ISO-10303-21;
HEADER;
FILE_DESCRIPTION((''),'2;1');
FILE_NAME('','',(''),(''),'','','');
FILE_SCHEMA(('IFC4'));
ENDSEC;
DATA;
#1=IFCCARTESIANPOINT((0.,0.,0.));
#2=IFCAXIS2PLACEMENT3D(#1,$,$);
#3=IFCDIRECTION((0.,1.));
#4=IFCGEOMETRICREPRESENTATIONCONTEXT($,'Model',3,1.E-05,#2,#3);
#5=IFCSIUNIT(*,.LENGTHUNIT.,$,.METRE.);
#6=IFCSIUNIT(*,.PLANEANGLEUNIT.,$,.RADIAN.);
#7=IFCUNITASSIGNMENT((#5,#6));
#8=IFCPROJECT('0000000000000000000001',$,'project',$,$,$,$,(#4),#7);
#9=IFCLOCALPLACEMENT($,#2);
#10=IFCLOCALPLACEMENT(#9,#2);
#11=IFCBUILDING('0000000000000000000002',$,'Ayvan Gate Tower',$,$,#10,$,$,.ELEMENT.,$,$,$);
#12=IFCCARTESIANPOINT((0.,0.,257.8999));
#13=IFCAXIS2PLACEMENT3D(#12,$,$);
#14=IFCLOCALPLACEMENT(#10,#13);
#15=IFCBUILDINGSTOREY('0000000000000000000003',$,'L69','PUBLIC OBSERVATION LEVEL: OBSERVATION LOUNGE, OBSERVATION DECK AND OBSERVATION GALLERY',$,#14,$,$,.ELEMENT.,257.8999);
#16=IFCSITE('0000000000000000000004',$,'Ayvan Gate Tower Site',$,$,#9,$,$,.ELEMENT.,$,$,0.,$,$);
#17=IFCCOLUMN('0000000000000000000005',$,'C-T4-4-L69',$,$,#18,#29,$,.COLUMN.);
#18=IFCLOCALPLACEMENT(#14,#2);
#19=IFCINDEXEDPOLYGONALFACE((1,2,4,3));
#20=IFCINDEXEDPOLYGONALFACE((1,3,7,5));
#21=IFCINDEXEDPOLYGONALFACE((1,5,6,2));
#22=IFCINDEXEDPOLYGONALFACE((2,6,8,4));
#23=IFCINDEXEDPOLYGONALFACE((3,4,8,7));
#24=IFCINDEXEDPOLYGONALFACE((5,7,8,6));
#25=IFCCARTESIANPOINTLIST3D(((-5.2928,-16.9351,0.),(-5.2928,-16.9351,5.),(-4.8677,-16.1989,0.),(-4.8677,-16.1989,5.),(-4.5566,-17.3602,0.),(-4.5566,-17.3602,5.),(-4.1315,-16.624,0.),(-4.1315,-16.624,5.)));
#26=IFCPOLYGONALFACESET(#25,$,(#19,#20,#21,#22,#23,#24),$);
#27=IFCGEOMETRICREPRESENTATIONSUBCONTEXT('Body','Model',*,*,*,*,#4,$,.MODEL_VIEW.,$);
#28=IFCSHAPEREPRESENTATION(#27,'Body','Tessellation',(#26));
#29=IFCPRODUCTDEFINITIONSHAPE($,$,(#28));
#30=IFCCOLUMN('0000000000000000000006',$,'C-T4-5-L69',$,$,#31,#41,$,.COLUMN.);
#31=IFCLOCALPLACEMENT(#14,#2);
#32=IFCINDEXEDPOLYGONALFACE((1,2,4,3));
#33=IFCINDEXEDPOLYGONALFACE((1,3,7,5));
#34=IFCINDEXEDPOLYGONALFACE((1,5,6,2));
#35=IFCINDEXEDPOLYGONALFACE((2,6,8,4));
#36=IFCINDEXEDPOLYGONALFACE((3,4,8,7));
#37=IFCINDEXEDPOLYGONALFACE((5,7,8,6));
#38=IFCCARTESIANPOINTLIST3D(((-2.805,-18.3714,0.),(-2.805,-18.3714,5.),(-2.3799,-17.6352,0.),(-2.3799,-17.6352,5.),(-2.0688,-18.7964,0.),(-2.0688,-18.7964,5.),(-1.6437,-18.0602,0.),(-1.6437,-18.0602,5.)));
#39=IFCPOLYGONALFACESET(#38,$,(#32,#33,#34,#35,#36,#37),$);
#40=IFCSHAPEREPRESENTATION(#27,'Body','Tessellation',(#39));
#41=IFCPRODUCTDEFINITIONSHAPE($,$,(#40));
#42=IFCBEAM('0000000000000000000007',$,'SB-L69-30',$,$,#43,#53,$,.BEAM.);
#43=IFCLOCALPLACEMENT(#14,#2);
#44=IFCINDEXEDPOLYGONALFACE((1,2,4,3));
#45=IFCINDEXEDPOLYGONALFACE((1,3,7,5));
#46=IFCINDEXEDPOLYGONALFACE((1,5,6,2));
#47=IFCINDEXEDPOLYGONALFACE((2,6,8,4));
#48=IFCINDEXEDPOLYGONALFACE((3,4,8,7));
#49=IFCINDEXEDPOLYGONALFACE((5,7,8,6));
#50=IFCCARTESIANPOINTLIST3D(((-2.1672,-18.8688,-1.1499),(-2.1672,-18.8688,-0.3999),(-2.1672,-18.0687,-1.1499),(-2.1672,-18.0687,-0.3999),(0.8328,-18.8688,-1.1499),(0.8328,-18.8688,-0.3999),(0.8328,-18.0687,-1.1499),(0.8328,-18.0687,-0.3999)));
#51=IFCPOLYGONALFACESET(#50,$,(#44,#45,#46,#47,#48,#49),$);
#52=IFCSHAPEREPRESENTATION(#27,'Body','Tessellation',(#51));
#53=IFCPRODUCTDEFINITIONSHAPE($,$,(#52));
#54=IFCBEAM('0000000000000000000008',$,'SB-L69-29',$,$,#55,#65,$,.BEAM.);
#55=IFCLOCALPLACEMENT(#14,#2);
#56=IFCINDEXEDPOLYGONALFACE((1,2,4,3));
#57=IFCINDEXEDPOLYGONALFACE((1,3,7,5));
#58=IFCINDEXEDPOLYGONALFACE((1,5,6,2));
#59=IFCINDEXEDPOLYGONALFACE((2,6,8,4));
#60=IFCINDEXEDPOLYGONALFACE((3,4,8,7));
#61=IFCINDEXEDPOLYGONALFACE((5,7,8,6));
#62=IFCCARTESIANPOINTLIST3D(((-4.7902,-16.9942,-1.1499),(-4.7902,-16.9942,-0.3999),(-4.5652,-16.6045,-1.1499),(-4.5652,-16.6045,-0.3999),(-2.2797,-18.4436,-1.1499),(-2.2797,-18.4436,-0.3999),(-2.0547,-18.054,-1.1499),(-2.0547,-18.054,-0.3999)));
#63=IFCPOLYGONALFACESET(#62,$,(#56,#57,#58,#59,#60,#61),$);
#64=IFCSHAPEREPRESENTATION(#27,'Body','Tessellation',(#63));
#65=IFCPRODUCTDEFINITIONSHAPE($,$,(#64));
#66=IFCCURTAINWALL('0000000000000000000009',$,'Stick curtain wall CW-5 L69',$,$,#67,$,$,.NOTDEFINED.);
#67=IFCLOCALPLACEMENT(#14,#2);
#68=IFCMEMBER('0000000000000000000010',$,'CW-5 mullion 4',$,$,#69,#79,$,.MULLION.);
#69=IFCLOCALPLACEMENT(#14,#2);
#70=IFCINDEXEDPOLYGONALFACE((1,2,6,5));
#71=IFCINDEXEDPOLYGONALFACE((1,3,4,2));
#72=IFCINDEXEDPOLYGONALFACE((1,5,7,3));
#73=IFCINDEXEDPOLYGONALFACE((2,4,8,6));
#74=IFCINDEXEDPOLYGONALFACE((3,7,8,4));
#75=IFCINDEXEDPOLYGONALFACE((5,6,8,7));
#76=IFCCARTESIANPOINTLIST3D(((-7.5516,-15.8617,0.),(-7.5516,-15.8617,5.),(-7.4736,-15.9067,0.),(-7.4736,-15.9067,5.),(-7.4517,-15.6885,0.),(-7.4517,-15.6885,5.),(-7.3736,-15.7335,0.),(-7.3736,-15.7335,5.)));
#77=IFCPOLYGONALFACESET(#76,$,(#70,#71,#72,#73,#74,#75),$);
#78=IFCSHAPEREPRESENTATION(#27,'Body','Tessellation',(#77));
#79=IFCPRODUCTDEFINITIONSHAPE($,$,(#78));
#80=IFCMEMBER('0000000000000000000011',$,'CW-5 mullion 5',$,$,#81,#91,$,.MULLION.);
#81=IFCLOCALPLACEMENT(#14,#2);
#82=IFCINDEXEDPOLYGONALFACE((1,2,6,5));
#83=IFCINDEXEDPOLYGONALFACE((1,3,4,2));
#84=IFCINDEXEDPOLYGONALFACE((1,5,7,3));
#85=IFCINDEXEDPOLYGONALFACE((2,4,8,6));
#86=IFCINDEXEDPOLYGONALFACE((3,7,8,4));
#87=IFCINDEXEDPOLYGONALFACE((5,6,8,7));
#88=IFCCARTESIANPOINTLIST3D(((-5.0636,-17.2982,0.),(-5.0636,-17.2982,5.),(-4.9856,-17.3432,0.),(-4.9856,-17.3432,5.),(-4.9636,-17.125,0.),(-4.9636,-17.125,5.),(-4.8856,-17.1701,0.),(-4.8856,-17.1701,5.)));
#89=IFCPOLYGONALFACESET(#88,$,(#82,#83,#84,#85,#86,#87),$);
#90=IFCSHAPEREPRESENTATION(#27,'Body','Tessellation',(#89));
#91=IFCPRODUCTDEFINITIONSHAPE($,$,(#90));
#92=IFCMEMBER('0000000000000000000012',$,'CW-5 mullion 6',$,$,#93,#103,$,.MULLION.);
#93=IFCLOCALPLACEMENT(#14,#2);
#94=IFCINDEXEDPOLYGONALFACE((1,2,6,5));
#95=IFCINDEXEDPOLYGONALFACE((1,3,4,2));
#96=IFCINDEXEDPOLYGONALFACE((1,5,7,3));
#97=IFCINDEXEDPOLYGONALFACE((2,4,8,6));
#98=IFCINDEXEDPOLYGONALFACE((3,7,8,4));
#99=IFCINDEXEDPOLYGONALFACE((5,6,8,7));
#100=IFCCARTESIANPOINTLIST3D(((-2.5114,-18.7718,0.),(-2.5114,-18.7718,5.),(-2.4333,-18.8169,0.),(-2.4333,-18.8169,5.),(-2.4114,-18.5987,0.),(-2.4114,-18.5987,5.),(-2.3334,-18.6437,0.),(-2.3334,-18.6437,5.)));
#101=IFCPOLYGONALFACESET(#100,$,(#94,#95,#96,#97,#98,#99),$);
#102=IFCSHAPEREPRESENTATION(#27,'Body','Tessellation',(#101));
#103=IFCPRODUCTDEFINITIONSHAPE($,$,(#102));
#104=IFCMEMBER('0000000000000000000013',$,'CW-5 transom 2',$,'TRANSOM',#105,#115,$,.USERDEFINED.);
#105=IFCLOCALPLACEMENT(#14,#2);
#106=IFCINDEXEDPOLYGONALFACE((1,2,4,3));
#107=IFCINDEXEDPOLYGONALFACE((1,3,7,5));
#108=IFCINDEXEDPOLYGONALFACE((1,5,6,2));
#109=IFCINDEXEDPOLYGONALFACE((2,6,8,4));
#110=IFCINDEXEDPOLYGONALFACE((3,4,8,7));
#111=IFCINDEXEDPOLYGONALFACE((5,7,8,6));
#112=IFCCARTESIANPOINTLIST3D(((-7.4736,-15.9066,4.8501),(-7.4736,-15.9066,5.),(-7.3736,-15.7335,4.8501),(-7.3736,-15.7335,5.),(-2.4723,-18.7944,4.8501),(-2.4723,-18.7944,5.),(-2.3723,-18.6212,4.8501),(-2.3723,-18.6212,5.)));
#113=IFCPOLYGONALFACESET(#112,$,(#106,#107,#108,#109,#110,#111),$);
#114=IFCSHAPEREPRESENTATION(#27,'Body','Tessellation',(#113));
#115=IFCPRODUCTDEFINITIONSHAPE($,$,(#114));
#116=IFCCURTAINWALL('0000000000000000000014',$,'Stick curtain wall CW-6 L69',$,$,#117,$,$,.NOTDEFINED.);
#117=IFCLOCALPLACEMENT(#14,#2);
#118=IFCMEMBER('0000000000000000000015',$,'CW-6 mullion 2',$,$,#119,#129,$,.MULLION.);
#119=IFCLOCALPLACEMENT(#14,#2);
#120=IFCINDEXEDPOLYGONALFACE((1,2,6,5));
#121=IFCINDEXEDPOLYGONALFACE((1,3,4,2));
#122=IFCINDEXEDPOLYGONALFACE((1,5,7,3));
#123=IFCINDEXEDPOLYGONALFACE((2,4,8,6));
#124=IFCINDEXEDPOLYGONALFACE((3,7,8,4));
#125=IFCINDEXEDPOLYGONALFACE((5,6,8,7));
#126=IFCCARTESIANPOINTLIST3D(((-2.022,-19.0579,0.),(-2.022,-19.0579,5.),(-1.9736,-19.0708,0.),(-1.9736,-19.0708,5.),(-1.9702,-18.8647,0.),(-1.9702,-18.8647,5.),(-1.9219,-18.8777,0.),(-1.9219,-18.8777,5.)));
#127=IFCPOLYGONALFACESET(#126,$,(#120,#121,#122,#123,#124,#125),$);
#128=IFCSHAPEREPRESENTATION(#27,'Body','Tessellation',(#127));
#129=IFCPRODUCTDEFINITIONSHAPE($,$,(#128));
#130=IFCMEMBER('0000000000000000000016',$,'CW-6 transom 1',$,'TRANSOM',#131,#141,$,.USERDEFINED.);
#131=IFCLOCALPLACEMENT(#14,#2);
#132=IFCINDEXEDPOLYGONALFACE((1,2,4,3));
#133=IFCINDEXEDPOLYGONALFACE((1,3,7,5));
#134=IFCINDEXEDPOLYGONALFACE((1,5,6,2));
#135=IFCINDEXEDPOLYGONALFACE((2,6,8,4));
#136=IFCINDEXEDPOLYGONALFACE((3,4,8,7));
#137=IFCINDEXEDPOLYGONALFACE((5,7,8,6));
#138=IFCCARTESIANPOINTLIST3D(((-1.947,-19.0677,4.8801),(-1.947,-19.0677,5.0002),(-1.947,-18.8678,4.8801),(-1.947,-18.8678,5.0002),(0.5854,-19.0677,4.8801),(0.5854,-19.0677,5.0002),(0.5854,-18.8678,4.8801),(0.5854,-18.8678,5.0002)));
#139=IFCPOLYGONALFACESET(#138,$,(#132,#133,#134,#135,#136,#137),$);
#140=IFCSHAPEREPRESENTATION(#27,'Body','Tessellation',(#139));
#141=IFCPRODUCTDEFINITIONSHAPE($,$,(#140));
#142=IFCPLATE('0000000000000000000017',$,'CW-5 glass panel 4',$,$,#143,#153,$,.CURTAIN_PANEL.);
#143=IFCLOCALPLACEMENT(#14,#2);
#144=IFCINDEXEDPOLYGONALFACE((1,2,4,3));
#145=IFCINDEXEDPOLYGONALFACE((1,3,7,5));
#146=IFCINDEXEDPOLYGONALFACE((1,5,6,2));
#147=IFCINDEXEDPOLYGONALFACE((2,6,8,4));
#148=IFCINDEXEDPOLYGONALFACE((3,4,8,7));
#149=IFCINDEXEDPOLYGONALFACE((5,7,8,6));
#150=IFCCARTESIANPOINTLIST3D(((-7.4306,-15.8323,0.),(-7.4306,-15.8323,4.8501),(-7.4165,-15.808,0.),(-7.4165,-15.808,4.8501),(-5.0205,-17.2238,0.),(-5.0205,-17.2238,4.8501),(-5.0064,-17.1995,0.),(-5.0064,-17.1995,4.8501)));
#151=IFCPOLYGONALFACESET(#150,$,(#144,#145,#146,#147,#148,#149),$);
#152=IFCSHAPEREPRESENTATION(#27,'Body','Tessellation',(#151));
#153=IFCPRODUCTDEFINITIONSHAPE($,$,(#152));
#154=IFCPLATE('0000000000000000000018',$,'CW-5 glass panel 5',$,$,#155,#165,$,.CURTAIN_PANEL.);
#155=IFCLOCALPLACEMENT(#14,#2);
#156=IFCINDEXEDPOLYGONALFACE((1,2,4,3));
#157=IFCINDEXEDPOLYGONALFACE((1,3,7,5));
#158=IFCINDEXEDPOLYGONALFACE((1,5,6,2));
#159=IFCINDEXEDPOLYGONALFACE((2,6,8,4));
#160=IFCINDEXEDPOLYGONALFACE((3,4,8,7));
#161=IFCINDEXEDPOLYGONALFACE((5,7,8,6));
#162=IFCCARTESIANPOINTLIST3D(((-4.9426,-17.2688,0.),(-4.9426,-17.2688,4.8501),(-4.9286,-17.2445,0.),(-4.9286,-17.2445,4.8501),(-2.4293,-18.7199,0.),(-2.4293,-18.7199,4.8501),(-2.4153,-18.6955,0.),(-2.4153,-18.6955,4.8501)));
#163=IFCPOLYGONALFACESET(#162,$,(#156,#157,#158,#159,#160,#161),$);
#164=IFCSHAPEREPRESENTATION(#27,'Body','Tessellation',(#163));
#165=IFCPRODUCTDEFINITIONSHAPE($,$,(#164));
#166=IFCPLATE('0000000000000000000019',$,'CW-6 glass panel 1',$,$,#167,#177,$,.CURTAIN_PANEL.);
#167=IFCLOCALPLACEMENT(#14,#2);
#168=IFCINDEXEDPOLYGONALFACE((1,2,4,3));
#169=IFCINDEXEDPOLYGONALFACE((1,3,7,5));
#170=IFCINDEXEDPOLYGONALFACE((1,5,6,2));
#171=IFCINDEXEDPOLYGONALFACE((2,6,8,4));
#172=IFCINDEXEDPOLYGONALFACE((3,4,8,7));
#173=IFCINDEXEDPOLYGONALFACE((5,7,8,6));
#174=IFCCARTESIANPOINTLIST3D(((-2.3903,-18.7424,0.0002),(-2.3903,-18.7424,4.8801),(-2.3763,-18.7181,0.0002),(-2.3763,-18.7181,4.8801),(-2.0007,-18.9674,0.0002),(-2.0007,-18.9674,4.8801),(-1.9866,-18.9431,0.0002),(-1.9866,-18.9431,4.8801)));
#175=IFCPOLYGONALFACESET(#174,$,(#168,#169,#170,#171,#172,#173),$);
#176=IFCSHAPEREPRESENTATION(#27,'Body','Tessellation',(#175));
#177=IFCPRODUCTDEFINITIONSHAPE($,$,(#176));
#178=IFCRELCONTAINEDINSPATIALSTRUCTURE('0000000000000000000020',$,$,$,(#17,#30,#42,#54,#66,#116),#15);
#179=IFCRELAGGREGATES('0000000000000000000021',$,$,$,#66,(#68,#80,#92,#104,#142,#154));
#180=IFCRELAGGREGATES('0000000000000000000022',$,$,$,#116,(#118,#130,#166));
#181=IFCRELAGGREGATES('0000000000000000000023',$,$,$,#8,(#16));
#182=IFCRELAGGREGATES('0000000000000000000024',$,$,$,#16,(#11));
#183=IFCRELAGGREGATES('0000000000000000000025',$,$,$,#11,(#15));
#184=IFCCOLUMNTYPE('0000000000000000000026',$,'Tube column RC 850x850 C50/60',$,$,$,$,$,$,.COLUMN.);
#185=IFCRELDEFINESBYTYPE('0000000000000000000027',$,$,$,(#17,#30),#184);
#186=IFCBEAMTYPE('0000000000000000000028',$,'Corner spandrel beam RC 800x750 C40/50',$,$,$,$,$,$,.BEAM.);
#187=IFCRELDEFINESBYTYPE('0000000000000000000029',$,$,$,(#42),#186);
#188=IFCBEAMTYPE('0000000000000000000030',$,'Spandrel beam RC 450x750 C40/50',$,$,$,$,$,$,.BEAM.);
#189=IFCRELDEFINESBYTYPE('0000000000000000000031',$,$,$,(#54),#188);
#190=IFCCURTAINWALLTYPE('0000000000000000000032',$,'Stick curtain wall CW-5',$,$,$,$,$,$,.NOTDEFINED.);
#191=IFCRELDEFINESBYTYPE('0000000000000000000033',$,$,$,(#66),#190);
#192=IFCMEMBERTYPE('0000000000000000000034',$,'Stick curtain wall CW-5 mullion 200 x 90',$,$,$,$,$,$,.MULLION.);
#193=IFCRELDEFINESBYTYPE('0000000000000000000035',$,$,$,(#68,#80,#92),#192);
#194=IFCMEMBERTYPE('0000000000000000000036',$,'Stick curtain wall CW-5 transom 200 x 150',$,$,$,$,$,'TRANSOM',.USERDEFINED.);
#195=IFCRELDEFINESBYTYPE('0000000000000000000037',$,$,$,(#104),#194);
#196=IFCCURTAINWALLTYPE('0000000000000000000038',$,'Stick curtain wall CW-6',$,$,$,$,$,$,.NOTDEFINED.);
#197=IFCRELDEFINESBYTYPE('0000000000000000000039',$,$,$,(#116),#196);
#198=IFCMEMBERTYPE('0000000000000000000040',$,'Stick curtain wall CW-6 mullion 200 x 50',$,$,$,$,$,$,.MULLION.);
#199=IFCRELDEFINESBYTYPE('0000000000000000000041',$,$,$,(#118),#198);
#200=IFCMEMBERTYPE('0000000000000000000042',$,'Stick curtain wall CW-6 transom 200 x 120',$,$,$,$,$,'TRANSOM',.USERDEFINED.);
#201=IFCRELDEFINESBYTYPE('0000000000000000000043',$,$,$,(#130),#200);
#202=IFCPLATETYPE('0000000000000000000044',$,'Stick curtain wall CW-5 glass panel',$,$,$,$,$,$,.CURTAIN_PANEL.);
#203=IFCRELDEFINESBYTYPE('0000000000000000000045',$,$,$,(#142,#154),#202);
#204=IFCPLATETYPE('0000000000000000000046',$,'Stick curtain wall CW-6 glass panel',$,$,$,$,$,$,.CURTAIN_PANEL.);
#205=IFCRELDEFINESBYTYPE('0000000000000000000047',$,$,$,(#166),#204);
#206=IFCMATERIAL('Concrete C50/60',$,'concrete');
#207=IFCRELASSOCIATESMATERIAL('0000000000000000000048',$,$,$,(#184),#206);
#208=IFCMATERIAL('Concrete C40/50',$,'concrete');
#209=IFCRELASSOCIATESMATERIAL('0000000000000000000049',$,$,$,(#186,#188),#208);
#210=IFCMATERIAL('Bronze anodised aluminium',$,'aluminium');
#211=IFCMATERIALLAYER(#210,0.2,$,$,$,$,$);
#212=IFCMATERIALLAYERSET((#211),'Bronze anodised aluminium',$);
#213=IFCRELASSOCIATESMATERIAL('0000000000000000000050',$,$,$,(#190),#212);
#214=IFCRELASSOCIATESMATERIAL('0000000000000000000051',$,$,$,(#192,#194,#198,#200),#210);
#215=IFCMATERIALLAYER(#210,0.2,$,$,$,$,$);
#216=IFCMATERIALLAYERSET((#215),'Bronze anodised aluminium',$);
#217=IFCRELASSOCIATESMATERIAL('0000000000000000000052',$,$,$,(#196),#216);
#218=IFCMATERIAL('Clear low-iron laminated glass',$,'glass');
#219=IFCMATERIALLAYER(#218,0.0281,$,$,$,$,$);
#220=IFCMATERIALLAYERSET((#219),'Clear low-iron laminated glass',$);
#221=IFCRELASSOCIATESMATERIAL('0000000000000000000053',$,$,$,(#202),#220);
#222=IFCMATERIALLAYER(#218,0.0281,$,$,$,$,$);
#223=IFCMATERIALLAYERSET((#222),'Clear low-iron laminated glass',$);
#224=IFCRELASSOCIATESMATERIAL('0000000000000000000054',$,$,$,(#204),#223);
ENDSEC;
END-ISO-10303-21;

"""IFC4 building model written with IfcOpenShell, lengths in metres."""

from ifc_helpers import new_model, si_unit, direction, frame, origin, origin_2d, place, context, subcontext, project, spatial, rectangle, extrude, material, layer, layer_set, material_profile, profile_set, type_object, element, aggregate, save


model = new_model("IFC4")

# Units and contexts
model_context = context("Model", 3, precision=1e-05, world=origin(), true_north=direction((0.0, 1.0)))
body_context = subcontext(model_context, "Body", "Model", "MODEL_VIEW")
ifc_project = project(units=[si_unit("LENGTHUNIT", "METRE"), si_unit("PLANEANGLEUNIT", "RADIAN")], contexts=[model_context])

# Site, building, storey
site_placement = place(None, origin())
site = spatial("IfcSite", under=ifc_project, at=site_placement, Name="Ayvan Gate Tower Site", CompositionType="ELEMENT", RefElevation=0.0)
building_placement = place(site_placement, origin())
building = spatial("IfcBuilding", under=site, at=building_placement, Name="Ayvan Gate Tower", CompositionType="ELEMENT")
storey_placement = place(building_placement, frame((0.0, 0.0, 257.8999)))
storey = spatial("IfcBuildingStorey", under=building, at=storey_placement, Name="L69", Description="PUBLIC OBSERVATION LEVEL: OBSERVATION LOUNGE, OBSERVATION DECK AND OBSERVATION GALLERY", CompositionType="ELEMENT", Elevation=257.8999)

# Columns
ifc_material_1 = material(Name="Concrete C50/60", Category="concrete")
ifc_material_profile_1 = material_profile(ifc_material_1, rectangle(XDim=0.8501, YDim=0.8501, at=origin_2d()), Name="RC 850x850")
ifc_profile_set_1 = profile_set([ifc_material_profile_1], Name="Concrete C50/60")
column_type = type_object("IfcColumnType", Name="Tube column RC 850x850 C50/60", PredefinedType="COLUMN", material=ifc_profile_set_1)
for number, where, z_axis, x_axis, name in (
    (1, (-4.7122, -16.7795, 0.0), (0.0, 0.0, 1.0), (-0.5, -0.866025, 0.0), "C-T4-4-L69"),
    (2, (-2.2244, -18.2158, 0.0), (0.0, 0.0, 1.0), (-0.5, -0.866025, 0.0), "C-T4-5-L69"),
):
    element("IfcColumn", number, at=place(storey_placement, frame(where, z_axis=z_axis, x_axis=x_axis)), inside=storey, type_object=column_type, Name=name, PredefinedType="COLUMN", context=body_context, shape_type="SweptSolid", body=[
        extrude(rectangle(XDim=0.8501, YDim=0.8501, at=origin_2d()), origin(), (0.0, 0.0, 1.0), 5.0),
    ])

# Beams
ifc_material_2 = material(Name="Concrete C40/50", Category="concrete")
ifc_material_profile_2 = material_profile(ifc_material_2, rectangle(XDim=0.8, YDim=0.75, at=origin_2d()), Name="RC 800x750")
ifc_profile_set_2 = profile_set([ifc_material_profile_2], Name="Concrete C40/50")
beam_type_1 = type_object("IfcBeamType", Name="Corner spandrel beam RC 800x750 C40/50", PredefinedType="BEAM", material=ifc_profile_set_2)
beam_1_placement = place(storey_placement, frame((-2.1672, -18.4688, -0.7749), z_axis=(1.0, 0.0, 0.0), x_axis=(0.0, 1.0, 0.0)))
element("IfcBeam", 3, at=beam_1_placement, inside=storey, type_object=beam_type_1, Name="SB-L69-30", PredefinedType="BEAM", context=body_context, shape_type="SweptSolid", body=[
    extrude(rectangle(XDim=0.8, YDim=0.75, at=origin_2d()), origin(), (0.0, 0.0, 1.0), 3.0),
])
ifc_material_profile_3 = material_profile(ifc_material_2, rectangle(XDim=0.45, YDim=0.75, at=origin_2d()), Name="RC 450x750")
ifc_profile_set_3 = profile_set([ifc_material_profile_3], Name="Concrete C40/50")
beam_type_2 = type_object("IfcBeamType", Name="Spandrel beam RC 450x750 C40/50", PredefinedType="BEAM", material=ifc_profile_set_3)
beam_2_placement = place(storey_placement, frame((-4.6777, -16.7993, -0.7749), z_axis=(0.866021, -0.500007, 0.0), x_axis=(0.500007, 0.866021, 0.0)))
element("IfcBeam", 4, at=beam_2_placement, inside=storey, type_object=beam_type_2, Name="SB-L69-29", PredefinedType="BEAM", context=body_context, shape_type="SweptSolid", body=[
    extrude(rectangle(XDim=0.45, YDim=0.75, at=origin_2d()), origin(), (0.0, 0.0, 1.0), 2.8989),
])

# Curtain walls, members
ifc_material_3 = material(Name="Bronze anodised aluminium", Category="aluminium")
ifc_layer_1 = layer(ifc_material_3, 0.2)
ifc_layer_set_1 = layer_set([ifc_layer_1], Name="Bronze anodised aluminium")
curtain_wall_type_1 = type_object("IfcCurtainWallType", Name="Stick curtain wall CW-5", PredefinedType="NOTDEFINED", material=ifc_layer_set_1)
curtain_wall_1_placement = place(storey_placement, origin())
curtain_wall_1 = element("IfcCurtainWall", 5, at=curtain_wall_1_placement, inside=storey, type_object=curtain_wall_type_1, Name="Stick curtain wall CW-5 L69", PredefinedType="NOTDEFINED")
ifc_material_profile_4 = material_profile(ifc_material_3, rectangle(XDim=0.2, YDim=0.0901, at=origin_2d()), Name="Stick curtain wall CW-5 mullion 200 x 90")
ifc_profile_set_4 = profile_set([ifc_material_profile_4], Name="Bronze anodised aluminium")
member_type_1 = type_object("IfcMemberType", Name="Stick curtain wall CW-5 mullion 200 x 90", PredefinedType="MULLION", material=ifc_profile_set_4)
member_1_placement = place(storey_placement, frame((-7.4626, -15.7976, 0.0), z_axis=(0.0, 0.0, 1.0), x_axis=(-0.5, -0.866025, 0.0)))
member_1 = element("IfcMember", 6, at=member_1_placement, type_object=member_type_1, Name="CW-5 mullion 4", PredefinedType="MULLION", context=body_context, shape_type="SweptSolid", body=[
    extrude(rectangle(XDim=0.2, YDim=0.0901, at=origin_2d()), origin(), (0.0, 0.0, 1.0), 5.0),
])
member_2_placement = place(storey_placement, frame((-4.9746, -17.2341, 0.0), z_axis=(0.0, 0.0, 1.0), x_axis=(-0.5, -0.866025, 0.0)))
member_2 = element("IfcMember", 7, at=member_2_placement, type_object=member_type_1, Name="CW-5 mullion 5", PredefinedType="MULLION", context=body_context, shape_type="SweptSolid", body=[
    extrude(rectangle(XDim=0.2, YDim=0.0901, at=origin_2d()), origin(), (0.0, 0.0, 1.0), 5.0),
])
member_3_placement = place(storey_placement, frame((-2.4224, -18.7078, 0.0), z_axis=(0.0, 0.0, 1.0), x_axis=(-0.5, -0.866025, 0.0)))
member_3 = element("IfcMember", 8, at=member_3_placement, type_object=member_type_1, Name="CW-5 mullion 6", PredefinedType="MULLION", context=body_context, shape_type="SweptSolid", body=[
    extrude(rectangle(XDim=0.2, YDim=0.0901, at=origin_2d()), origin(), (0.0, 0.0, 1.0), 5.0),
])
ifc_material_profile_5 = material_profile(ifc_material_3, rectangle(XDim=0.2, YDim=0.1499, at=origin_2d()), Name="Stick curtain wall CW-5 transom 200 x 150")
ifc_profile_set_5 = profile_set([ifc_material_profile_5], Name="Bronze anodised aluminium")
member_type_2 = type_object("IfcMemberType", Name="Stick curtain wall CW-5 transom 200 x 150", ElementType="TRANSOM", PredefinedType="USERDEFINED", material=ifc_profile_set_5)
member_4_placement = place(storey_placement, frame((-7.4236, -15.8201, 4.925), z_axis=(0.866007, -0.500031, 0.0), x_axis=(0.500031, 0.866007, 0.0)))
member_4 = element("IfcMember", 9, at=member_4_placement, type_object=member_type_2, Name="CW-5 transom 2", ObjectType="TRANSOM", PredefinedType="USERDEFINED", context=body_context, shape_type="SweptSolid", body=[
    extrude(rectangle(XDim=0.2, YDim=0.1499, at=origin_2d()), origin(), (0.0, 0.0, 1.0), 5.7751),
])
ifc_layer_2 = layer(ifc_material_3, 0.2)
ifc_layer_set_2 = layer_set([ifc_layer_2], Name="Bronze anodised aluminium")
curtain_wall_type_2 = type_object("IfcCurtainWallType", Name="Stick curtain wall CW-6", PredefinedType="NOTDEFINED", material=ifc_layer_set_2)
curtain_wall_2_placement = place(storey_placement, origin())
curtain_wall_2 = element("IfcCurtainWall", 10, at=curtain_wall_2_placement, inside=storey, type_object=curtain_wall_type_2, Name="Stick curtain wall CW-6 L69", PredefinedType="NOTDEFINED")
ifc_material_profile_6 = material_profile(ifc_material_3, rectangle(XDim=0.2, YDim=0.05, at=origin_2d()), Name="Stick curtain wall CW-6 mullion 200 x 50")
ifc_profile_set_6 = profile_set([ifc_material_profile_6], Name="Bronze anodised aluminium")
member_type_3 = type_object("IfcMemberType", Name="Stick curtain wall CW-6 mullion 200 x 50", PredefinedType="MULLION", material=ifc_profile_set_6)
member_5_placement = place(storey_placement, frame((-1.9719, -18.9678, 0.0), z_axis=(0.0, 0.0, 1.0), x_axis=(-0.258819, -0.965926, 0.0)))
member_5 = element("IfcMember", 11, at=member_5_placement, type_object=member_type_3, Name="CW-6 mullion 2", PredefinedType="MULLION", context=body_context, shape_type="SweptSolid", body=[
    extrude(rectangle(XDim=0.2, YDim=0.05, at=origin_2d()), origin(), (0.0, 0.0, 1.0), 5.0),
])
ifc_material_profile_7 = material_profile(ifc_material_3, rectangle(XDim=0.2, YDim=0.1201, at=origin_2d()), Name="Stick curtain wall CW-6 transom 200 x 120")
ifc_profile_set_7 = profile_set([ifc_material_profile_7], Name="Bronze anodised aluminium")
member_type_4 = type_object("IfcMemberType", Name="Stick curtain wall CW-6 transom 200 x 120", ElementType="TRANSOM", PredefinedType="USERDEFINED", material=ifc_profile_set_7)
member_6_placement = place(storey_placement, frame((-1.947, -18.9678, 4.9402), z_axis=(1.0, 0.0, 0.0), x_axis=(0.0, 1.0, 0.0)))
member_6 = element("IfcMember", 12, at=member_6_placement, type_object=member_type_4, Name="CW-6 transom 1", ObjectType="TRANSOM", PredefinedType="USERDEFINED", context=body_context, shape_type="SweptSolid", body=[
    extrude(rectangle(XDim=0.2, YDim=0.1201, at=origin_2d()), origin(), (0.0, 0.0, 1.0), 2.5325),
])

# Plates
ifc_material_4 = material(Name="Clear low-iron laminated glass", Category="glass")
ifc_layer_3 = layer(ifc_material_4, 0.0281)
ifc_layer_set_3 = layer_set([ifc_layer_3], Name="Clear low-iron laminated glass")
plate_type_1 = type_object("IfcPlateType", Name="Stick curtain wall CW-5 glass panel", PredefinedType="CURTAIN_PANEL", material=ifc_layer_set_3)
plate_1_placement = place(storey_placement, frame((-6.2185, -16.5159, 0.0), z_axis=(0.0, 0.0, 1.0), x_axis=(0.866025, -0.5, 0.0)))
plate_1 = element("IfcPlate", 13, at=plate_1_placement, type_object=plate_type_1, Name="CW-5 glass panel 4", PredefinedType="CURTAIN_PANEL", context=body_context, shape_type="SweptSolid", body=[
    extrude(rectangle(XDim=2.783, YDim=0.0281, at=origin_2d()), origin(), (0.0, 0.0, 1.0), 4.8501),
])
plate_2_placement = place(storey_placement, frame((-3.679, -17.9822, 0.0), z_axis=(0.0, 0.0, 1.0), x_axis=(0.866025, -0.5, 0.0)))
plate_2 = element("IfcPlate", 14, at=plate_2_placement, type_object=plate_type_1, Name="CW-5 glass panel 5", PredefinedType="CURTAIN_PANEL", context=body_context, shape_type="SweptSolid", body=[
    extrude(rectangle(XDim=2.9021, YDim=0.0281, at=origin_2d()), origin(), (0.0, 0.0, 1.0), 4.8501),
])
aggregate(curtain_wall_1, [member_1, member_2, member_3, member_4, plate_1, plate_2])
ifc_layer_4 = layer(ifc_material_4, 0.0281)
ifc_layer_set_4 = layer_set([ifc_layer_4], Name="Clear low-iron laminated glass")
plate_type_2 = type_object("IfcPlateType", Name="Stick curtain wall CW-6 glass panel", PredefinedType="CURTAIN_PANEL", material=ifc_layer_set_4)
plate_3_placement = place(storey_placement, frame((-2.1885, -18.8428, 0.0002), z_axis=(0.0, 0.0, 1.0), x_axis=(0.866025, -0.5, 0.0)))
plate_3 = element("IfcPlate", 15, at=plate_3_placement, type_object=plate_type_2, Name="CW-6 glass panel 1", PredefinedType="CURTAIN_PANEL", context=body_context, shape_type="SweptSolid", body=[
    extrude(rectangle(XDim=0.45, YDim=0.0281, at=origin_2d()), origin(), (0.0, 0.0, 1.0), 4.8799),
])
aggregate(curtain_wall_2, [member_5, member_6, plate_3])

save(model, "model.ifc")
